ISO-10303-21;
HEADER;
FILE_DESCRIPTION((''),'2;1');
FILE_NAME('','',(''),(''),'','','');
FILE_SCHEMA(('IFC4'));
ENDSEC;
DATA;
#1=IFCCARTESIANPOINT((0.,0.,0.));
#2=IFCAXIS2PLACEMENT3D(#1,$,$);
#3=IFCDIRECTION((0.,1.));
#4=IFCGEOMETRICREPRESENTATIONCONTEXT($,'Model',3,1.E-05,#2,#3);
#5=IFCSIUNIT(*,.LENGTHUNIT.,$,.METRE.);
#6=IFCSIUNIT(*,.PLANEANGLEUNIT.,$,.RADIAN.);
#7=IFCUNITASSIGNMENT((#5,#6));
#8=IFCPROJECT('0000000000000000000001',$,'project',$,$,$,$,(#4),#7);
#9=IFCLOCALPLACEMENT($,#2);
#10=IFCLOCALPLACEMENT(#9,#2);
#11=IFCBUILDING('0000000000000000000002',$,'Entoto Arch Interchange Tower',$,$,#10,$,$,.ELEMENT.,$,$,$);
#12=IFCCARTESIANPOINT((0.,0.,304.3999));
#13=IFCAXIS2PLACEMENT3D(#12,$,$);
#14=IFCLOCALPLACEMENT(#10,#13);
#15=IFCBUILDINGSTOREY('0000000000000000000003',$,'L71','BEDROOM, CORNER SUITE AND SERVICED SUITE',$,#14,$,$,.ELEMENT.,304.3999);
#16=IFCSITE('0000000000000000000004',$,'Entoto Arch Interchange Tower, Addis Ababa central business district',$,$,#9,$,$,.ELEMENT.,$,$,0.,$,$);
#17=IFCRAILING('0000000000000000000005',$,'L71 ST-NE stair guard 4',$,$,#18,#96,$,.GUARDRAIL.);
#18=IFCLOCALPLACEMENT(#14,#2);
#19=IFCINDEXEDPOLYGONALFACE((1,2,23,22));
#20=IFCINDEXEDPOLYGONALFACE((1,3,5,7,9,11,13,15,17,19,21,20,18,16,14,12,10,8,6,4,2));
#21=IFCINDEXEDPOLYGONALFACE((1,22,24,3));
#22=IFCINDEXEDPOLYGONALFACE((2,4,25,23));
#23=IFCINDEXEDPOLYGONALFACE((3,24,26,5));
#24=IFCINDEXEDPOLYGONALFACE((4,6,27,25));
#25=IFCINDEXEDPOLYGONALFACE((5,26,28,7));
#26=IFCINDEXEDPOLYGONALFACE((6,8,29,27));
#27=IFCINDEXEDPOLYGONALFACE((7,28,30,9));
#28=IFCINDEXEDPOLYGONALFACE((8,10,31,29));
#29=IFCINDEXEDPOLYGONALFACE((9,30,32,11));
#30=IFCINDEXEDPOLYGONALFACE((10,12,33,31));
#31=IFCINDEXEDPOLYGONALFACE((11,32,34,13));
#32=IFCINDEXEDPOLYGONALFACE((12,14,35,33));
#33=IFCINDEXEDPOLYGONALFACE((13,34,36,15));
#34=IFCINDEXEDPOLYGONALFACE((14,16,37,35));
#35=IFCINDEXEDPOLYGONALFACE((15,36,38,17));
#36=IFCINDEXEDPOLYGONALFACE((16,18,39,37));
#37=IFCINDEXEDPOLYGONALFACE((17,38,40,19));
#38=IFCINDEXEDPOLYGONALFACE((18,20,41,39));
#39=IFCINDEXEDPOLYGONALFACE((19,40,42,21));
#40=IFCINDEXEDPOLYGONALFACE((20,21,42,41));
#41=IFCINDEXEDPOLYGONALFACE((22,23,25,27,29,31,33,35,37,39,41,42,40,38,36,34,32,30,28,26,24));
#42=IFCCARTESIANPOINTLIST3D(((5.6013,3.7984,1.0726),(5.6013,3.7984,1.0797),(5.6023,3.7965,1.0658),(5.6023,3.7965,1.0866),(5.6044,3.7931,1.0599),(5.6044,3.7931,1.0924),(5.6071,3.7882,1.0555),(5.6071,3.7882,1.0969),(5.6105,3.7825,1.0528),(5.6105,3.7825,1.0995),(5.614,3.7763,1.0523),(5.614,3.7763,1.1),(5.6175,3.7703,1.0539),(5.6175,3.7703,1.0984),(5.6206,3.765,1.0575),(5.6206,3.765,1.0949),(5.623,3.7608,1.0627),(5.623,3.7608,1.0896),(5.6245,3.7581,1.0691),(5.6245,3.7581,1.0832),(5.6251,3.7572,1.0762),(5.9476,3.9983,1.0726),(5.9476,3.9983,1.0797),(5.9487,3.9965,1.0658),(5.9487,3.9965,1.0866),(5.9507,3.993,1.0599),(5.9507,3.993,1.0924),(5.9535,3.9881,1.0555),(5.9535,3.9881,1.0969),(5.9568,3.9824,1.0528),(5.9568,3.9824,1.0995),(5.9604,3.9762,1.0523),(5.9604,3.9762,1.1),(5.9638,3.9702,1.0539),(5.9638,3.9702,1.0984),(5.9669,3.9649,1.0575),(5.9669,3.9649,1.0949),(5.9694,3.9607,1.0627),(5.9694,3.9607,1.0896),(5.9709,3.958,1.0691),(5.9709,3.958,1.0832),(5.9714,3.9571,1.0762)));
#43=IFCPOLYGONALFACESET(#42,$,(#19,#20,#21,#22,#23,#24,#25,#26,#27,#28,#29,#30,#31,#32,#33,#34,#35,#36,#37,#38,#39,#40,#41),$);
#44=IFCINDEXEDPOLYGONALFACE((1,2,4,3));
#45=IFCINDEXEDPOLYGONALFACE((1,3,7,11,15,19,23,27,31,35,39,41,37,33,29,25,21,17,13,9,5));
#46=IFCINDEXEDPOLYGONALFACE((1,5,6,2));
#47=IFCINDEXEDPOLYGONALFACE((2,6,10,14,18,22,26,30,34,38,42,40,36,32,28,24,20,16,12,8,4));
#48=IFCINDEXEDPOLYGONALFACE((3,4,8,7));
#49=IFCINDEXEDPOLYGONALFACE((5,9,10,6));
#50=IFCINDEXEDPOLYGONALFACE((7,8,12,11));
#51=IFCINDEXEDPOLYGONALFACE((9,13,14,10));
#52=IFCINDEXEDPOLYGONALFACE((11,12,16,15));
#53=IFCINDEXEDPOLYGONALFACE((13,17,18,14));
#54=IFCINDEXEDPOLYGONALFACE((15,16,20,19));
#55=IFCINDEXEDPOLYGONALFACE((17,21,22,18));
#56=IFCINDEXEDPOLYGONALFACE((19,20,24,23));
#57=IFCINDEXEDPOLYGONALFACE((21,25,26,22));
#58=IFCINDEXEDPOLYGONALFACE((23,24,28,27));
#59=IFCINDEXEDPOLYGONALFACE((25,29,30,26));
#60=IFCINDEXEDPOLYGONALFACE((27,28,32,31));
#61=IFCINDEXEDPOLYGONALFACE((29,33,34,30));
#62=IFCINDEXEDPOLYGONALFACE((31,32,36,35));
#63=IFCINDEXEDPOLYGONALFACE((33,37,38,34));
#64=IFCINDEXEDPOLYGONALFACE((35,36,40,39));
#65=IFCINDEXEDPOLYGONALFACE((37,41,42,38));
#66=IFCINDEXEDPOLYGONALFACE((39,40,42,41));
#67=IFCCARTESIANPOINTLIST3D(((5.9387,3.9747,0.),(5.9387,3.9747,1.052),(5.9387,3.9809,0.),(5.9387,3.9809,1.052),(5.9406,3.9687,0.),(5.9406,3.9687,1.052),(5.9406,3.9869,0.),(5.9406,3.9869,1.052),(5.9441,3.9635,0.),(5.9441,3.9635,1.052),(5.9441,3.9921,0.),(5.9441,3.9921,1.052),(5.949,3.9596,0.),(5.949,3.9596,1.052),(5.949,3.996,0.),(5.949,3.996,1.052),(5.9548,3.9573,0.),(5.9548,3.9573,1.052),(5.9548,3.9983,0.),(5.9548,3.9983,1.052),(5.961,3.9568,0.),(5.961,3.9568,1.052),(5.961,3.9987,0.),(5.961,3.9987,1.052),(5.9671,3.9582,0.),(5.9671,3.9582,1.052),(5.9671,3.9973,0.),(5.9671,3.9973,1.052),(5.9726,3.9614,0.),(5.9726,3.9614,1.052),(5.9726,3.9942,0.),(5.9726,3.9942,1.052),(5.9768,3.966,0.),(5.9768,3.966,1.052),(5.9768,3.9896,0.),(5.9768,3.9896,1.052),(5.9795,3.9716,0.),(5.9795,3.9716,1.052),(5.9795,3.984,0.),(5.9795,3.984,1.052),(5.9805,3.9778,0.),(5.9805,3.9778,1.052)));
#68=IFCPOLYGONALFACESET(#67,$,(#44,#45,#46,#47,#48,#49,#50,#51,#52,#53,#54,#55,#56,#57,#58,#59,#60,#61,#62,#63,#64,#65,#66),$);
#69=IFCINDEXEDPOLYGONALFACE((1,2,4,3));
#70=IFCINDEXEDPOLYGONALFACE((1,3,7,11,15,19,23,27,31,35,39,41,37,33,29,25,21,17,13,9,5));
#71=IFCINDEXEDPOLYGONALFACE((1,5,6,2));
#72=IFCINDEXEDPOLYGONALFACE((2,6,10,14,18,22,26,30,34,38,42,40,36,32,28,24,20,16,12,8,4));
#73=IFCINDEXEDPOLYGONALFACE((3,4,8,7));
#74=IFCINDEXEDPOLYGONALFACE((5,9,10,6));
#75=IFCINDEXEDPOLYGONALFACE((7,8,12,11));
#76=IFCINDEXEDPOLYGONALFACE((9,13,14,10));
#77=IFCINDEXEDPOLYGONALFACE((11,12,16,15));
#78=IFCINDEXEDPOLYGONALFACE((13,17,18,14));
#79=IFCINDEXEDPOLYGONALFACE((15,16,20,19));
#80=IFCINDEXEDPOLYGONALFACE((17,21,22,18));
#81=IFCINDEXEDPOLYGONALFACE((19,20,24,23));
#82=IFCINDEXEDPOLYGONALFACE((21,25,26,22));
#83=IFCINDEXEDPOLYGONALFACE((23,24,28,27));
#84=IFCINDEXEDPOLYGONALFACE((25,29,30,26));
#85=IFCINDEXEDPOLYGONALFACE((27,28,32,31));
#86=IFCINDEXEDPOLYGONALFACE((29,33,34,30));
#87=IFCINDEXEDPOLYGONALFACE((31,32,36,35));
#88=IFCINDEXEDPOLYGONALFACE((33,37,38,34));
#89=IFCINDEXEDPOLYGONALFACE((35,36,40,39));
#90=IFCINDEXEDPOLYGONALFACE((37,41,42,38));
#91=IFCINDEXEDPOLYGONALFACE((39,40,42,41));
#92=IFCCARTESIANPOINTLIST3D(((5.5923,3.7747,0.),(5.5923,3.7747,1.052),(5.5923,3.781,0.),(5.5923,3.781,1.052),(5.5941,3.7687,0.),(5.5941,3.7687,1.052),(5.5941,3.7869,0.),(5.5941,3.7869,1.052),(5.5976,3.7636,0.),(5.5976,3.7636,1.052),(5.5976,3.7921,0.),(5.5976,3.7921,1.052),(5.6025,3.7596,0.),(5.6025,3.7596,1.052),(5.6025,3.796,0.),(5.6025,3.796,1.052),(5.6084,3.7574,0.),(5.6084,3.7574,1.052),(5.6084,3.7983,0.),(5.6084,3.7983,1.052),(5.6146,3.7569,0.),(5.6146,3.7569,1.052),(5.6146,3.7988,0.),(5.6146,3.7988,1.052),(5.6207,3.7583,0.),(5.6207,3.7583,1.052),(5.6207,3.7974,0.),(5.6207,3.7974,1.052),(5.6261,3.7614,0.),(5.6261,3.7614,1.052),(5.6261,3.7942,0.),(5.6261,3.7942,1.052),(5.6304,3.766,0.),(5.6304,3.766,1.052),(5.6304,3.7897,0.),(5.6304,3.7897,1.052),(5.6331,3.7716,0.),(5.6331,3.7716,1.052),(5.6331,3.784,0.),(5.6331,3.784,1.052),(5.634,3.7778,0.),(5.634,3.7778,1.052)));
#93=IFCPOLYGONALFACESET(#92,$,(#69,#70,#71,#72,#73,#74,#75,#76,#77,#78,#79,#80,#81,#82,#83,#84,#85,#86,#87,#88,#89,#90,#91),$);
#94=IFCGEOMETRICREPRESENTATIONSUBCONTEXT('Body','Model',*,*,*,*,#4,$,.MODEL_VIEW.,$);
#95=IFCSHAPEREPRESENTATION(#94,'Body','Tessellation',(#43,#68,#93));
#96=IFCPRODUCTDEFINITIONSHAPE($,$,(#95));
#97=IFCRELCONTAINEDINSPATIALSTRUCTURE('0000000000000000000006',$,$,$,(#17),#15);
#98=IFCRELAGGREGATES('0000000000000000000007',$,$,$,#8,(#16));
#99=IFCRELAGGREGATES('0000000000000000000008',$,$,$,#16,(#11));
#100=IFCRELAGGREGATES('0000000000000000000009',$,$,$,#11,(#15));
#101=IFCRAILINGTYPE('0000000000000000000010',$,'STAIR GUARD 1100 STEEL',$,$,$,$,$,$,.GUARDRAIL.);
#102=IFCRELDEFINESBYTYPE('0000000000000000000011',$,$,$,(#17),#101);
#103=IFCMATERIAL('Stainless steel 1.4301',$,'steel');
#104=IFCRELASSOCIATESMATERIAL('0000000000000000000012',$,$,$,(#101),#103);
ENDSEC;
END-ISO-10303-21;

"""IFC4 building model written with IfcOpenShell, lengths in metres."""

from ifc_helpers import new_model, si_unit, direction, frame, origin, origin_2d, place, context, subcontext, project, spatial, circle, extrude, material, type_object, element, save


model = new_model("IFC4")

# Units and contexts
model_context = context("Model", 3, precision=1e-05, world=origin(), true_north=direction((0.0, 1.0)))
body_context = subcontext(model_context, "Body", "Model", "MODEL_VIEW")
ifc_project = project(units=[si_unit("LENGTHUNIT", "METRE"), si_unit("PLANEANGLEUNIT", "RADIAN")], contexts=[model_context])

# Site, building, storey
site_placement = place(None, origin())
site = spatial("IfcSite", under=ifc_project, at=site_placement, Name="Entoto Arch Interchange Tower, Addis Ababa central business district", CompositionType="ELEMENT", RefElevation=0.0)
building_placement = place(site_placement, origin())
building = spatial("IfcBuilding", under=site, at=building_placement, Name="Entoto Arch Interchange Tower", CompositionType="ELEMENT")
storey_placement = place(building_placement, frame((0.0, 0.0, 304.3999)))
storey = spatial("IfcBuildingStorey", under=building, at=storey_placement, Name="L71", Description="BEDROOM, CORNER SUITE AND SERVICED SUITE", CompositionType="ELEMENT", Elevation=304.3999)

# Railing
ifc_material_1 = material(Name="Stainless steel 1.4301", Category="steel")
railing_type_1 = type_object("IfcRailingType", Name="STAIR GUARD 1100 STEEL", PredefinedType="GUARDRAIL", material=ifc_material_1)
railing_1_placement = place(storey_placement, frame((5.9595, 3.9778, 0.0)))
element("IfcRailing", 1, at=railing_1_placement, inside=storey, type_object=railing_type_1, Name="L71 ST-NE stair guard 4", PredefinedType="GUARDRAIL", context=body_context, shape_type="SweptSolid", body=[
    extrude(circle(Radius=0.0239, at=origin_2d()), frame((0.0, 0.0, 1.0762), z_axis=(-0.866094, -0.499881, 0.0), x_axis=(0.499881, -0.866094, 0.0)), (0.0, 0.0, 1.0), 0.3999),
    extrude(circle(Radius=0.021, at=origin_2d()), origin(), (0.0, 0.0, 1.0), 1.052),
    extrude(circle(Radius=0.021, at=origin_2d()), frame((-0.3464, -0.2, 0.0)), (0.0, 0.0, 1.0), 1.052),
])

save(model, "model.ifc")
